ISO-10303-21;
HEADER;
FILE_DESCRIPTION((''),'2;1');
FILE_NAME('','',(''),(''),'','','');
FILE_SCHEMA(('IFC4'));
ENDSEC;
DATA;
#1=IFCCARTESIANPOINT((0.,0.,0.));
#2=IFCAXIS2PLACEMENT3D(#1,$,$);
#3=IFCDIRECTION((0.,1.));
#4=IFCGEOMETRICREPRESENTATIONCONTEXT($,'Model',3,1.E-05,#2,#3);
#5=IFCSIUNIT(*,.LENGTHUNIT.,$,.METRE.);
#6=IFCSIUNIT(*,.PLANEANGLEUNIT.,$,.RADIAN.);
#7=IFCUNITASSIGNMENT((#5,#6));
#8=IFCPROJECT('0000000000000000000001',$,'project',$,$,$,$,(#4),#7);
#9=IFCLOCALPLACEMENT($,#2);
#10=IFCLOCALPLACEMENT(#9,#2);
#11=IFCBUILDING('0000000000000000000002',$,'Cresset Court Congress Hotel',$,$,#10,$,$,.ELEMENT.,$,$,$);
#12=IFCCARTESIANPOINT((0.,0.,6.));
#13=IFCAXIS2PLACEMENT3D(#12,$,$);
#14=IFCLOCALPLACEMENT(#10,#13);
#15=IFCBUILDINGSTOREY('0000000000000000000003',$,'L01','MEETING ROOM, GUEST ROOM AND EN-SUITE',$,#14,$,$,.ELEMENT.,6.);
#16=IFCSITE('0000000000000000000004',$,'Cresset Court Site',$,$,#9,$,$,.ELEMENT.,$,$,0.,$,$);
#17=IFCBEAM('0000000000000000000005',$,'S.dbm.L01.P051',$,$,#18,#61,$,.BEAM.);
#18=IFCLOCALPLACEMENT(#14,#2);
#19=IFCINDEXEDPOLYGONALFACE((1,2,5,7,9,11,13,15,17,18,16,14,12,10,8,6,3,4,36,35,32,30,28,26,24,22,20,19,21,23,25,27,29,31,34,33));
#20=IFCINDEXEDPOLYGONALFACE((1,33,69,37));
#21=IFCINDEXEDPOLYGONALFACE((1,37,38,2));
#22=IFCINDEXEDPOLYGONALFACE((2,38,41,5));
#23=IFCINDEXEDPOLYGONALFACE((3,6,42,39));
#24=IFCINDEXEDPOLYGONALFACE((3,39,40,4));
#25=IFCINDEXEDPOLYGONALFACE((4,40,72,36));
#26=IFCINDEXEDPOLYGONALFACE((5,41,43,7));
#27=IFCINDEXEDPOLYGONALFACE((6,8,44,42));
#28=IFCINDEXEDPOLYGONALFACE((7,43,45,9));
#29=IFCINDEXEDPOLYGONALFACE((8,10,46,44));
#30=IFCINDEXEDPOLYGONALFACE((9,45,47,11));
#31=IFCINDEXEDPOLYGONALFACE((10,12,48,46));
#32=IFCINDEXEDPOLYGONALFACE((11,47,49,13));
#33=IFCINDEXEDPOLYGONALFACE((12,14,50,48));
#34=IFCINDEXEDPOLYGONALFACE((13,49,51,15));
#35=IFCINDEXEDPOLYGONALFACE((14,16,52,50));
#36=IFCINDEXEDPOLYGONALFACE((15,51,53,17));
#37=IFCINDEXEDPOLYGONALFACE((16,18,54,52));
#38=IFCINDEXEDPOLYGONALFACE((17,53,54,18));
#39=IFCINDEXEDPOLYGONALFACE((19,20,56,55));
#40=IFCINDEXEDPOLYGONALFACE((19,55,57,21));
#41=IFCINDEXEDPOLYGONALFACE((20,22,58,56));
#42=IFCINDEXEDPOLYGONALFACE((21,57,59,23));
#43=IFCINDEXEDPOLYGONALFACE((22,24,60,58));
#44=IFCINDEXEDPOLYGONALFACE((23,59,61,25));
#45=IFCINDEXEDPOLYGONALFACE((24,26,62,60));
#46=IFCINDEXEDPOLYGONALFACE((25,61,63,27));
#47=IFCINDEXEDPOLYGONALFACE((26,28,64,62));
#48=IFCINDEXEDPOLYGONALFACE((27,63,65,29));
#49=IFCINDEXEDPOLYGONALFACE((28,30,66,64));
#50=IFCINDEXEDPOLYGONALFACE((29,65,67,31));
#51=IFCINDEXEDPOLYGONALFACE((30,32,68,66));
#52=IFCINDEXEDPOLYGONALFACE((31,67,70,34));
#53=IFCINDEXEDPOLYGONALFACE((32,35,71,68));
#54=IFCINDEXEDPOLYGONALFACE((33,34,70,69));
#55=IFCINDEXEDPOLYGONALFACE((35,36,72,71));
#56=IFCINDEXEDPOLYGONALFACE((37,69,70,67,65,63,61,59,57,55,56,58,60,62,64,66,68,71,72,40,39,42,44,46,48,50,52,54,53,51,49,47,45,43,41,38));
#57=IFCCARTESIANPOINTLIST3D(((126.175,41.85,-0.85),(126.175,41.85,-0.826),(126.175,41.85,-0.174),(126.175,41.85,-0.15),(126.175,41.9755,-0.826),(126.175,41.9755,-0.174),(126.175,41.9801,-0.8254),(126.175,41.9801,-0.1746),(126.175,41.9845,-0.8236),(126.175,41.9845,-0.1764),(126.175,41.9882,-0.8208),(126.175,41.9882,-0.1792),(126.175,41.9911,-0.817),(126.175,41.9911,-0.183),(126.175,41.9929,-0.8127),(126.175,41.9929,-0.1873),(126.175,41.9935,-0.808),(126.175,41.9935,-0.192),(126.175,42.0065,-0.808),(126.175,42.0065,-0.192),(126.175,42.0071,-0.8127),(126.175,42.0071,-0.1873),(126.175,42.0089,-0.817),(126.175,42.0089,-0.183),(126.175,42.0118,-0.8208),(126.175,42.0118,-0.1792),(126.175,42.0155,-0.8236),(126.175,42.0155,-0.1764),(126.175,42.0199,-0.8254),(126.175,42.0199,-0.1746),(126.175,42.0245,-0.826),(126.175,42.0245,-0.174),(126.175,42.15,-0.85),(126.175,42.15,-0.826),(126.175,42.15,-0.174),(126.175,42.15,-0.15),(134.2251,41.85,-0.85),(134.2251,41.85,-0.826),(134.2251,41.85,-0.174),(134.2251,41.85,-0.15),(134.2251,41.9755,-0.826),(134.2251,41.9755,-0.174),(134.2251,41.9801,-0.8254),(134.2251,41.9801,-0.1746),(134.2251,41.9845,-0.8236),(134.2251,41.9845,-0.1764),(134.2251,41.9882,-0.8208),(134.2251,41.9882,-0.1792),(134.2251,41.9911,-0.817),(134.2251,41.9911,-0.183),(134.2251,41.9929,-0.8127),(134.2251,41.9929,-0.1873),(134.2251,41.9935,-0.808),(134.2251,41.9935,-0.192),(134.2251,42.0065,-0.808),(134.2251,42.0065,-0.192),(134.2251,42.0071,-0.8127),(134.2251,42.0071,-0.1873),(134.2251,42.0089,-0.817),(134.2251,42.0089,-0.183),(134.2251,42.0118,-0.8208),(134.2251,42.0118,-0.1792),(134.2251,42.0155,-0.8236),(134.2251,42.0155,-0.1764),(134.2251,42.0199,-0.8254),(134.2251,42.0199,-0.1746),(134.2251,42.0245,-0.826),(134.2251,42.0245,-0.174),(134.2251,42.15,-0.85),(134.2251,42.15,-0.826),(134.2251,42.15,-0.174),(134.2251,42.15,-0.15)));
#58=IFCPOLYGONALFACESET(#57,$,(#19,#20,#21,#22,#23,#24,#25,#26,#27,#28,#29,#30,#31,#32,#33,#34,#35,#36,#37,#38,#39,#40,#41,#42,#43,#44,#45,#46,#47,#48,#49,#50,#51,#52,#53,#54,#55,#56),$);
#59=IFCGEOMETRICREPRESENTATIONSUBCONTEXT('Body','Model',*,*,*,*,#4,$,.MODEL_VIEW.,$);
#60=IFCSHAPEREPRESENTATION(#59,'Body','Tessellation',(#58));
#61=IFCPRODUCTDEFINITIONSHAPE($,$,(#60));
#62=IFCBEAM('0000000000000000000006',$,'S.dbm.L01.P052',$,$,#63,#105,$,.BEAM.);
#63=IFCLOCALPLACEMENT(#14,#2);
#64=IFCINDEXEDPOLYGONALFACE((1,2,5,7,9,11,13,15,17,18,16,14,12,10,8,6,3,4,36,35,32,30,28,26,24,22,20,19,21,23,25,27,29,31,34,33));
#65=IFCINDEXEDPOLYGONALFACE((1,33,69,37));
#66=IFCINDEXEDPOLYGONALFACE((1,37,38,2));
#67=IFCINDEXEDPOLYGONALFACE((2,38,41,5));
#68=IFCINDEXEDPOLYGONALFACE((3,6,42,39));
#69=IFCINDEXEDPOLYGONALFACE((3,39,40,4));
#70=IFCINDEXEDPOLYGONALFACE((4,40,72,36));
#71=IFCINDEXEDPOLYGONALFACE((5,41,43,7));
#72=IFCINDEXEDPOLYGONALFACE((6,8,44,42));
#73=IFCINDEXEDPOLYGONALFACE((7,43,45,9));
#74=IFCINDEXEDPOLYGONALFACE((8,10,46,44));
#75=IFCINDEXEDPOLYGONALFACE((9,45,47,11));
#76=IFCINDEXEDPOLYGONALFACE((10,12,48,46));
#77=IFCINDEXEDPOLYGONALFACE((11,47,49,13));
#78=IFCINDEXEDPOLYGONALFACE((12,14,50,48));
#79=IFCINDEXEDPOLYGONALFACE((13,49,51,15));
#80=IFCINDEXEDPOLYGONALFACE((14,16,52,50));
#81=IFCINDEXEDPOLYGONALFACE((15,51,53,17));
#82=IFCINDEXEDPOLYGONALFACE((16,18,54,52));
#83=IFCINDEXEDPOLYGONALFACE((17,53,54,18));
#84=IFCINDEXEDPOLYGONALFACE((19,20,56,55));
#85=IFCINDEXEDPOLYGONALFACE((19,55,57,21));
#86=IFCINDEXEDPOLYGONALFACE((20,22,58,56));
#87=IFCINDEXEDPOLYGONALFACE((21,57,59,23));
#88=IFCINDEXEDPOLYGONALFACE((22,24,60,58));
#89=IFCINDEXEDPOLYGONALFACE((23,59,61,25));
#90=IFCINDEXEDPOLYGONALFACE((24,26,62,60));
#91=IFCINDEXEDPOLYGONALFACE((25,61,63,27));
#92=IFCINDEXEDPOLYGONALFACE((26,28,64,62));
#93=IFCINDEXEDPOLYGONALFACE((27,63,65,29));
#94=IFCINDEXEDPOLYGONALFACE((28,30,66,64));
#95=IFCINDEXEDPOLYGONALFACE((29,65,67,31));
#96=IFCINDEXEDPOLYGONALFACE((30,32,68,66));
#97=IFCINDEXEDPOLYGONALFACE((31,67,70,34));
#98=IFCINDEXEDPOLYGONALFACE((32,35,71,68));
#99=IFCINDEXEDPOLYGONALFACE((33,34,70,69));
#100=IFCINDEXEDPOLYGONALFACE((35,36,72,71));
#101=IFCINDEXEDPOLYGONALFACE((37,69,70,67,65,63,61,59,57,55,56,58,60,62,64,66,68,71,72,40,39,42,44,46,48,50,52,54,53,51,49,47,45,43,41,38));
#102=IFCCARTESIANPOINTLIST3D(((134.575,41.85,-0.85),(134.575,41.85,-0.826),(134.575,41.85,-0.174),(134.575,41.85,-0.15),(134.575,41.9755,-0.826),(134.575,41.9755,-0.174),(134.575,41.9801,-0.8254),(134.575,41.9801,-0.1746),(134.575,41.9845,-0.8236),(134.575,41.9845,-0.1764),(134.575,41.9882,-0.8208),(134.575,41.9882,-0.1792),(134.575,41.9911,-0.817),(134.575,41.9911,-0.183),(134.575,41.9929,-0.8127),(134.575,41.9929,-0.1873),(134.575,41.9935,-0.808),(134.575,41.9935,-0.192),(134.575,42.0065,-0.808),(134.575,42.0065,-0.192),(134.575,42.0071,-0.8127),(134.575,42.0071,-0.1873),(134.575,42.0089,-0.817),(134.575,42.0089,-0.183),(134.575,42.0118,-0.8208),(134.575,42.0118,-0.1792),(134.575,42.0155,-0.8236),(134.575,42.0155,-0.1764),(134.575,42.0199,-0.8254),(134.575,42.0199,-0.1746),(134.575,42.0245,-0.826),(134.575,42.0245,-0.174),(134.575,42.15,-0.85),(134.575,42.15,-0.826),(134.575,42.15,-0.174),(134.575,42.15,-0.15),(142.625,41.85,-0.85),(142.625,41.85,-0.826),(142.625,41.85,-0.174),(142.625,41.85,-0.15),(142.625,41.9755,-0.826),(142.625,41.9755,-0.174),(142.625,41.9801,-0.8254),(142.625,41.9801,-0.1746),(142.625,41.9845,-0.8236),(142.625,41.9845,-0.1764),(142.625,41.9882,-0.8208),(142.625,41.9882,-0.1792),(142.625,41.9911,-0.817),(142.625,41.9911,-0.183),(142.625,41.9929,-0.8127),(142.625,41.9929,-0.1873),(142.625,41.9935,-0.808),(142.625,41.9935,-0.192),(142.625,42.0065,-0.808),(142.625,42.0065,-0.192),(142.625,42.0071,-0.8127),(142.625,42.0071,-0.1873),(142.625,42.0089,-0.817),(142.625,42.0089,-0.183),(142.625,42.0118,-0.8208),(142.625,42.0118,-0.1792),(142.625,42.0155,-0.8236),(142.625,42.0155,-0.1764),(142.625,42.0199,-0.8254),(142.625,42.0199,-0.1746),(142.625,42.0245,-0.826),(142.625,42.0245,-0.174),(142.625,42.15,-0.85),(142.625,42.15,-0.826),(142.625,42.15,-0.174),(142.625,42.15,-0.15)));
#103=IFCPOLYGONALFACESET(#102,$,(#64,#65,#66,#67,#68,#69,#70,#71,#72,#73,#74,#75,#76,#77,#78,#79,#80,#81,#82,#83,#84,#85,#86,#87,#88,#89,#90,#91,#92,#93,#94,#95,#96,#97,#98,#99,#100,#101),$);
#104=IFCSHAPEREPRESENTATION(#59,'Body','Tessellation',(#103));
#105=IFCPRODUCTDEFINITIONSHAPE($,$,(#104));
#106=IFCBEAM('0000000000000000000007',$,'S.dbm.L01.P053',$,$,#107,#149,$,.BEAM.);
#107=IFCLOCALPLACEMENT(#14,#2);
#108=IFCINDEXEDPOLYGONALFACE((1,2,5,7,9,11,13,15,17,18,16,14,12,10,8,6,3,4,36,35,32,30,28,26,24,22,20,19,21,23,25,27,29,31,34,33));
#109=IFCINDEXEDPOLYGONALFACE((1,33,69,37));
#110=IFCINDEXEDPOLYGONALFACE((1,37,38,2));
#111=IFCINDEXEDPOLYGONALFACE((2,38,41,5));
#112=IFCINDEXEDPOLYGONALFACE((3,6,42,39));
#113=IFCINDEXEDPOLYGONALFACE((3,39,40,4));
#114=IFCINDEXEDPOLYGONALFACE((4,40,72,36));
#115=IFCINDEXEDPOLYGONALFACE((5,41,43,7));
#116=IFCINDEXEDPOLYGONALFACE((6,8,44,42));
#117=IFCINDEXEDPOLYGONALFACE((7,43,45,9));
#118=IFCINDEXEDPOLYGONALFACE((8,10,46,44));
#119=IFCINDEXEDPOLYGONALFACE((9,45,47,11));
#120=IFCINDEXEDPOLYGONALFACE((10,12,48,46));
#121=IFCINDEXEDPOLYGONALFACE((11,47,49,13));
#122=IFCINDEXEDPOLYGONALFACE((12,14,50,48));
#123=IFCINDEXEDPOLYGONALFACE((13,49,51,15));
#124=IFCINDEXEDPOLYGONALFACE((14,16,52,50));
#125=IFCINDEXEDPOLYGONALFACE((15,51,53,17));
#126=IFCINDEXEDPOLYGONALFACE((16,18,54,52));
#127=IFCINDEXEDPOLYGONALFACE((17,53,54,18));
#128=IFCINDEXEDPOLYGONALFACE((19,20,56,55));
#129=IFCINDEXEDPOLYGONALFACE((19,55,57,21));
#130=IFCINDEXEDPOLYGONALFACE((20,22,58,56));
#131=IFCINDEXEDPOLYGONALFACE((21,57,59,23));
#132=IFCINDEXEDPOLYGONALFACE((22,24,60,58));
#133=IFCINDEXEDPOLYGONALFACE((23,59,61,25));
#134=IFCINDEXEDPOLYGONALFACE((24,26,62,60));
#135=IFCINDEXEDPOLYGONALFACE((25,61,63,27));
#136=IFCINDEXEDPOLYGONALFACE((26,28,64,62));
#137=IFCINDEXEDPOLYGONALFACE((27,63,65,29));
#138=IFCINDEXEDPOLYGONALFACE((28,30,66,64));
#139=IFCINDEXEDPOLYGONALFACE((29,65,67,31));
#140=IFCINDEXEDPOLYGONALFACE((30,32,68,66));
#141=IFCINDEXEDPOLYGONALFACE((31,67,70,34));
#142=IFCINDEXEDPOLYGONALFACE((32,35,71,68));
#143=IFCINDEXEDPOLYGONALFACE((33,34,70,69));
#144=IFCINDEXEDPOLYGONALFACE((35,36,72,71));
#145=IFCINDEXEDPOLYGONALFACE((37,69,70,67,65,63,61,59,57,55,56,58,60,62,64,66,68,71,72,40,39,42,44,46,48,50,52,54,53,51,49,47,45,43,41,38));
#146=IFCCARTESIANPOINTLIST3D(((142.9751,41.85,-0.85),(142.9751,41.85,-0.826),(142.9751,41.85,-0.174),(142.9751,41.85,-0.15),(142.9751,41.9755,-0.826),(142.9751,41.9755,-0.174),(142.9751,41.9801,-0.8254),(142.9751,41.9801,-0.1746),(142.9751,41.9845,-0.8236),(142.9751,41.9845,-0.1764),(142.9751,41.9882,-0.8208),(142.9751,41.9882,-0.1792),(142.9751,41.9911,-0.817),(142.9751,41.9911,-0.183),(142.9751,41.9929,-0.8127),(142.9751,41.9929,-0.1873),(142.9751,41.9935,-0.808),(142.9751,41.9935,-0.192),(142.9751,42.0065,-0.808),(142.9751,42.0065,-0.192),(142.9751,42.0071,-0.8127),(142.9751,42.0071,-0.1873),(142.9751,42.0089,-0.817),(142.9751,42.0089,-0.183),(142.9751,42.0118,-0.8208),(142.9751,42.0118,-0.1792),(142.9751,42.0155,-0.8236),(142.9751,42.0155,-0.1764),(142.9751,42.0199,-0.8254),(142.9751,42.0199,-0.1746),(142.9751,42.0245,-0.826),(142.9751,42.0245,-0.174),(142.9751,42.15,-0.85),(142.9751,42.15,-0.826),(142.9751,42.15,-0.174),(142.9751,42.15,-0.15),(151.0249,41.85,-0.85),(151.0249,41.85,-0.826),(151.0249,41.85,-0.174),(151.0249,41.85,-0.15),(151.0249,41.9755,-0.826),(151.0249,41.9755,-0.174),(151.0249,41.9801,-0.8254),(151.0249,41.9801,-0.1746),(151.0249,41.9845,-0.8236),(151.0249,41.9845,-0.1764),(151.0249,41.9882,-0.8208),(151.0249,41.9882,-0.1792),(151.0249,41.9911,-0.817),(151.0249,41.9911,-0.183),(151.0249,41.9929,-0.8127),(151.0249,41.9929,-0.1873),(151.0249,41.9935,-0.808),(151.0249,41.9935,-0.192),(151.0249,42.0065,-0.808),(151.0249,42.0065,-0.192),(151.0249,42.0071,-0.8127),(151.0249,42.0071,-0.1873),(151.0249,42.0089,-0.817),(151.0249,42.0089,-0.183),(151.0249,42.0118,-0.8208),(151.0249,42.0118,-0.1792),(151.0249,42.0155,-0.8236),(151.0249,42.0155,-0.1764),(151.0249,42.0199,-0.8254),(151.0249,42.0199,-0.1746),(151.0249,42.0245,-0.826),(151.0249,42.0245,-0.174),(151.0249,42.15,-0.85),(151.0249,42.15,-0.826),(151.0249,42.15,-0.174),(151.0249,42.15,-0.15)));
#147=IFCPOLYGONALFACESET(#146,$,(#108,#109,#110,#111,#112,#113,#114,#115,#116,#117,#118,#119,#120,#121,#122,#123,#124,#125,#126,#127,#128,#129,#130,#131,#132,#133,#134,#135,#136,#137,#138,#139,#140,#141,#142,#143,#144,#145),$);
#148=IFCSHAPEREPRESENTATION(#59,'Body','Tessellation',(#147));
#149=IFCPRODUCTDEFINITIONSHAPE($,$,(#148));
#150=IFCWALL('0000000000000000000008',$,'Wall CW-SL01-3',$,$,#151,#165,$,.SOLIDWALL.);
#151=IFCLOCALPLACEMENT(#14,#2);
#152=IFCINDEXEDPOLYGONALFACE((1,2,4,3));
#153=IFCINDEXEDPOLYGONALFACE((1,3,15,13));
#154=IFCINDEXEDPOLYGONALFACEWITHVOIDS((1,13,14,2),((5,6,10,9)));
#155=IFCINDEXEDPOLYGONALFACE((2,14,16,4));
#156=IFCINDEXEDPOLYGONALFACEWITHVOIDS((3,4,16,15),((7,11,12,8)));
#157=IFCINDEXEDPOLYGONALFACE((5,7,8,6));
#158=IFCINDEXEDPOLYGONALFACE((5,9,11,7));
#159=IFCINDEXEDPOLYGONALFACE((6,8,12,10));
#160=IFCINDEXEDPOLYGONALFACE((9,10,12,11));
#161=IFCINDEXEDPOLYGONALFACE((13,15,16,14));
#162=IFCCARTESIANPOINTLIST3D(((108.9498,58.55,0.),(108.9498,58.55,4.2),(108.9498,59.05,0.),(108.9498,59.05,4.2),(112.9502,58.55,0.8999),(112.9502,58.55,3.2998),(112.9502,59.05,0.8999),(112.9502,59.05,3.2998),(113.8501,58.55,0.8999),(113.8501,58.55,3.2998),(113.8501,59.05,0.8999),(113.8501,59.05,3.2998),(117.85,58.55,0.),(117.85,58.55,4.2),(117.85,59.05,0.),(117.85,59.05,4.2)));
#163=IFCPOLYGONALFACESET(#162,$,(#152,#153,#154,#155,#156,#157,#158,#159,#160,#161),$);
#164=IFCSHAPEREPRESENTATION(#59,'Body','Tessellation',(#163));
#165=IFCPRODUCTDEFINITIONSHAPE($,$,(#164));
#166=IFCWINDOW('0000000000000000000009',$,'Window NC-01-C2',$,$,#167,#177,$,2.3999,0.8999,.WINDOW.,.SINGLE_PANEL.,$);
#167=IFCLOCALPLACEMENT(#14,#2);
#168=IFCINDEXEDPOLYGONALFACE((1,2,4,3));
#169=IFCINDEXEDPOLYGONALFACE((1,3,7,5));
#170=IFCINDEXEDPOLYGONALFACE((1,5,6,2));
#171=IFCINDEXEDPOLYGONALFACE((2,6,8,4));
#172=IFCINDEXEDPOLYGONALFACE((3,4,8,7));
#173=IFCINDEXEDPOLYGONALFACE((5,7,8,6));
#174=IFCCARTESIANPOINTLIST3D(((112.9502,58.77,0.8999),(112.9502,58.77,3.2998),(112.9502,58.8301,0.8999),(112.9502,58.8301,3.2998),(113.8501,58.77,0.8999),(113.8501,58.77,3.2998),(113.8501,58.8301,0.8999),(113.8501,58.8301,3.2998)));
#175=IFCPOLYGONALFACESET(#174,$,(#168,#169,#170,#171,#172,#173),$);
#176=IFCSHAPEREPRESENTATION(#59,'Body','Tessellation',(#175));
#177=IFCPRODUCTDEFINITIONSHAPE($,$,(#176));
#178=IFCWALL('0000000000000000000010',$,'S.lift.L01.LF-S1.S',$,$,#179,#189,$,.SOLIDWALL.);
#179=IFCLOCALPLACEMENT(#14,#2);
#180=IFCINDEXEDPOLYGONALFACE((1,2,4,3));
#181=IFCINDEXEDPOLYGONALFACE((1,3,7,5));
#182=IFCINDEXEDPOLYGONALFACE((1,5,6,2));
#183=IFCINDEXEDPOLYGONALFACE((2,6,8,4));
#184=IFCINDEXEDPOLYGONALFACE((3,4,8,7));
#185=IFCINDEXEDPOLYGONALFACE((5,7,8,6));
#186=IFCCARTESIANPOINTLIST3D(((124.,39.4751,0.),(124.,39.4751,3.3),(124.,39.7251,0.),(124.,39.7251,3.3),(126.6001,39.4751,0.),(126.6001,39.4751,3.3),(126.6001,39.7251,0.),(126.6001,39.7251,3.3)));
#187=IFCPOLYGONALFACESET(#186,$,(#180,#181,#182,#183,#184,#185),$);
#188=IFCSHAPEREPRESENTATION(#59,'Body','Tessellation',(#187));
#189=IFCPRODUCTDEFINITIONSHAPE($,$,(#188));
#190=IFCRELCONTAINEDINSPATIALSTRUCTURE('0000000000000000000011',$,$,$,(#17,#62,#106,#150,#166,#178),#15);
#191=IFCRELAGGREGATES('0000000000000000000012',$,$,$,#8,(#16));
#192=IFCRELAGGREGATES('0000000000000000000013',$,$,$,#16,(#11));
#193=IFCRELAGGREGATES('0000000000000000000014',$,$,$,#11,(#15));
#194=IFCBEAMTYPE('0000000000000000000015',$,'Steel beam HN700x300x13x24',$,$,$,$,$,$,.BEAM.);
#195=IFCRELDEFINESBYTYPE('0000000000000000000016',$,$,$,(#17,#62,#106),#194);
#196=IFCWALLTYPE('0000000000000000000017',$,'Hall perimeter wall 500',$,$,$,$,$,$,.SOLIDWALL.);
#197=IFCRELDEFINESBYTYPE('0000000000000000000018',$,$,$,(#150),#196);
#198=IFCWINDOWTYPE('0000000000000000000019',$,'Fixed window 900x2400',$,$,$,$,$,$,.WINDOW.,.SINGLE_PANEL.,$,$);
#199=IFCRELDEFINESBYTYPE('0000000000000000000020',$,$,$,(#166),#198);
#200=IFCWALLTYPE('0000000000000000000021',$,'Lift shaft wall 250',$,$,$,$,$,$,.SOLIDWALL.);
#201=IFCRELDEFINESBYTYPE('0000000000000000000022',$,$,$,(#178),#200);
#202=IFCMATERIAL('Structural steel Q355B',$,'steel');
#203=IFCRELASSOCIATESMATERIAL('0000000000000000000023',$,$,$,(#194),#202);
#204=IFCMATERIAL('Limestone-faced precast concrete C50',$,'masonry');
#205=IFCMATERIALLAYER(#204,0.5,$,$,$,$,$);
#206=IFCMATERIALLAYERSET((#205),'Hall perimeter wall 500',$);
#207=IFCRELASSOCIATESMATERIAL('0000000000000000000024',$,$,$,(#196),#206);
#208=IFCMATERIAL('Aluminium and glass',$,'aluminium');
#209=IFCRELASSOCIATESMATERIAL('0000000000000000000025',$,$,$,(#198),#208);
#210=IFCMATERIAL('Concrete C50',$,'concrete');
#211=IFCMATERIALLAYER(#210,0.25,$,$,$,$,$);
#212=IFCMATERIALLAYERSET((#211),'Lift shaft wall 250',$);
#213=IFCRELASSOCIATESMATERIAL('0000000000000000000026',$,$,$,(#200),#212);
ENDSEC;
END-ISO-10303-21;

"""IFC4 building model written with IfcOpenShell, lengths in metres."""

from ifc_helpers import new_model, si_unit, direction, frame, frame_2d, origin, origin_2d, place, context, subcontext, project, spatial, rectangle, i_section, extrude, material, layer, layer_set, material_profile, profile_set, type_object, element, fill, save


model = new_model("IFC4")

# Units and contexts
model_context = context("Model", 3, precision=1e-05, world=origin(), true_north=direction((0.0, 1.0)))
body_context = subcontext(model_context, "Body", "Model", "MODEL_VIEW")
ifc_project = project(units=[si_unit("LENGTHUNIT", "METRE"), si_unit("PLANEANGLEUNIT", "RADIAN")], contexts=[model_context])

# Site, building, storey
site_placement = place(None, origin())
site = spatial("IfcSite", under=ifc_project, at=site_placement, Name="Cresset Court Site", CompositionType="ELEMENT", RefElevation=0.0)
building_placement = place(site_placement, origin())
building = spatial("IfcBuilding", under=site, at=building_placement, Name="Cresset Court Congress Hotel", CompositionType="ELEMENT")
storey_placement = place(building_placement, frame((0.0, 0.0, 6.0)))
storey = spatial("IfcBuildingStorey", under=building, at=storey_placement, Name="L01", Description="MEETING ROOM, GUEST ROOM AND EN-SUITE", CompositionType="ELEMENT", Elevation=6.0)

# Beams
ifc_material_1 = material(Name="Structural steel Q355B", Category="steel")
ifc_material_profile_1 = material_profile(ifc_material_1, i_section(OverallWidth=0.3, OverallDepth=0.7, WebThickness=0.0129, FlangeThickness=0.0239, FilletRadius=0.0181, at=origin_2d()), Name="HN700x300x13x24")
ifc_profile_set_1 = profile_set([ifc_material_profile_1], Name="Structural steel Q355B")
beam_type_1 = type_object("IfcBeamType", Name="Steel beam HN700x300x13x24", PredefinedType="BEAM", material=ifc_profile_set_1)
for number, where, z_axis, x_axis, name in (
    (1, (126.175, 42.0, -0.5), (1.0, 0.0, 0.0), (0.0, 1.0, 0.0), "S.dbm.L01.P051"),
    (2, (134.575, 42.0, -0.5), (1.0, 0.0, 0.0), (0.0, 1.0, 0.0), "S.dbm.L01.P052"),
):
    element("IfcBeam", number, at=place(storey_placement, frame(where, z_axis=z_axis, x_axis=x_axis)), inside=storey, type_object=beam_type_1, Name=name, PredefinedType="BEAM", context=body_context, shape_type="SweptSolid", body=[
        extrude(i_section(OverallWidth=0.3, OverallDepth=0.7, WebThickness=0.0129, FlangeThickness=0.0239, FilletRadius=0.0181, at=origin_2d()), origin(), (0.0, 0.0, 1.0), 8.05),
    ])
beam_1_placement = place(storey_placement, frame((142.9751, 42.0, -0.5), z_axis=(1.0, 0.0, 0.0), x_axis=(0.0, 1.0, 0.0)))
element("IfcBeam", 3, at=beam_1_placement, inside=storey, type_object=beam_type_1, Name="S.dbm.L01.P053", PredefinedType="BEAM", context=body_context, shape_type="SweptSolid", body=[
    extrude(i_section(OverallWidth=0.3, OverallDepth=0.7, WebThickness=0.0129, FlangeThickness=0.0239, FilletRadius=0.0181, at=origin_2d()), origin(), (0.0, 0.0, 1.0), 8.0498),
])

# Wall, opening, window
ifc_material_2 = material(Name="Limestone-faced precast concrete C50", Category="masonry")
ifc_layer_1 = layer(ifc_material_2, 0.5)
ifc_layer_set_1 = layer_set([ifc_layer_1], Name="Hall perimeter wall 500")
wall_type_1 = type_object("IfcWallType", Name="Hall perimeter wall 500", PredefinedType="SOLIDWALL", material=ifc_layer_set_1)
wall_placement = place(storey_placement, frame((117.8501, 58.8, 0.0), z_axis=(0.0, 0.0, 1.0), x_axis=(-1.0, 0.0, 0.0)))
wall = element("IfcWall", 4, at=wall_placement, inside=storey, type_object=wall_type_1, Name="Wall CW-SL01-3", PredefinedType="SOLIDWALL", context=body_context, shape_type="SweptSolid", body=[
    extrude(rectangle(XDim=8.9001, YDim=0.5, at=frame_2d((4.4502, 0.0))), origin(), (0.0, 0.0, 1.0), 4.2),
])
opening_placement = place(wall_placement, frame((4.0, 0.0, 0.8999)))
opening = element("IfcOpeningElement", 5, at=opening_placement, cuts=wall, PredefinedType="OPENING", context=body_context, shape_type="SweptSolid", body=[
    extrude(rectangle(XDim=0.8999, YDim=2.3999, at=frame_2d((0.45, 1.2))), frame((0.0, 0.26, 0.0), z_axis=(0.0, -1.0, 0.0), x_axis=(1.0, 0.0, 0.0)), (0.0, 0.0, 1.0), 0.52),
])
ifc_material_3 = material(Name="Aluminium and glass", Category="aluminium")
window_type = type_object("IfcWindowType", Name="Fixed window 900x2400", PartitioningType="SINGLE_PANEL", PredefinedType="WINDOW", material=ifc_material_3)
window_placement = place(opening_placement, origin())
window = element("IfcWindow", 6, at=window_placement, inside=storey, type_object=window_type, Name="Window NC-01-C2", OverallHeight=2.3999, OverallWidth=0.8999, PartitioningType="SINGLE_PANEL", PredefinedType="WINDOW", context=body_context, shape_type="SweptSolid", body=[
    extrude(rectangle(XDim=0.8999, YDim=2.3999, at=frame_2d((0.45, 1.2))), frame((0.0, 0.03, 0.0), z_axis=(0.0, -1.0, 0.0), x_axis=(1.0, 0.0, 0.0)), (0.0, 0.0, 1.0), 0.0601),
])
fill(opening, window)

# Wall
ifc_material_4 = material(Name="Concrete C50", Category="concrete")
ifc_layer_2 = layer(ifc_material_4, 0.25)
ifc_layer_set_2 = layer_set([ifc_layer_2], Name="Lift shaft wall 250")
wall_type_2 = type_object("IfcWallType", Name="Lift shaft wall 250", PredefinedType="SOLIDWALL", material=ifc_layer_set_2)
for number, where, z_axis, x_axis, name in (
    (7, (124.0, 39.6001, 0.0), (0.0, 0.0, 1.0), (1.0, 0.0, 0.0), "S.lift.L01.LF-S1.S"),
):
    element("IfcWall", number, at=place(storey_placement, frame(where, z_axis=z_axis, x_axis=x_axis)), inside=storey, type_object=wall_type_2, Name=name, PredefinedType="SOLIDWALL", context=body_context, shape_type="SweptSolid", body=[
        extrude(rectangle(XDim=2.6001, YDim=0.25, at=frame_2d((1.3, 0.0))), origin(), (0.0, 0.0, 1.0), 3.3),
    ])

save(model, "model.ifc")
